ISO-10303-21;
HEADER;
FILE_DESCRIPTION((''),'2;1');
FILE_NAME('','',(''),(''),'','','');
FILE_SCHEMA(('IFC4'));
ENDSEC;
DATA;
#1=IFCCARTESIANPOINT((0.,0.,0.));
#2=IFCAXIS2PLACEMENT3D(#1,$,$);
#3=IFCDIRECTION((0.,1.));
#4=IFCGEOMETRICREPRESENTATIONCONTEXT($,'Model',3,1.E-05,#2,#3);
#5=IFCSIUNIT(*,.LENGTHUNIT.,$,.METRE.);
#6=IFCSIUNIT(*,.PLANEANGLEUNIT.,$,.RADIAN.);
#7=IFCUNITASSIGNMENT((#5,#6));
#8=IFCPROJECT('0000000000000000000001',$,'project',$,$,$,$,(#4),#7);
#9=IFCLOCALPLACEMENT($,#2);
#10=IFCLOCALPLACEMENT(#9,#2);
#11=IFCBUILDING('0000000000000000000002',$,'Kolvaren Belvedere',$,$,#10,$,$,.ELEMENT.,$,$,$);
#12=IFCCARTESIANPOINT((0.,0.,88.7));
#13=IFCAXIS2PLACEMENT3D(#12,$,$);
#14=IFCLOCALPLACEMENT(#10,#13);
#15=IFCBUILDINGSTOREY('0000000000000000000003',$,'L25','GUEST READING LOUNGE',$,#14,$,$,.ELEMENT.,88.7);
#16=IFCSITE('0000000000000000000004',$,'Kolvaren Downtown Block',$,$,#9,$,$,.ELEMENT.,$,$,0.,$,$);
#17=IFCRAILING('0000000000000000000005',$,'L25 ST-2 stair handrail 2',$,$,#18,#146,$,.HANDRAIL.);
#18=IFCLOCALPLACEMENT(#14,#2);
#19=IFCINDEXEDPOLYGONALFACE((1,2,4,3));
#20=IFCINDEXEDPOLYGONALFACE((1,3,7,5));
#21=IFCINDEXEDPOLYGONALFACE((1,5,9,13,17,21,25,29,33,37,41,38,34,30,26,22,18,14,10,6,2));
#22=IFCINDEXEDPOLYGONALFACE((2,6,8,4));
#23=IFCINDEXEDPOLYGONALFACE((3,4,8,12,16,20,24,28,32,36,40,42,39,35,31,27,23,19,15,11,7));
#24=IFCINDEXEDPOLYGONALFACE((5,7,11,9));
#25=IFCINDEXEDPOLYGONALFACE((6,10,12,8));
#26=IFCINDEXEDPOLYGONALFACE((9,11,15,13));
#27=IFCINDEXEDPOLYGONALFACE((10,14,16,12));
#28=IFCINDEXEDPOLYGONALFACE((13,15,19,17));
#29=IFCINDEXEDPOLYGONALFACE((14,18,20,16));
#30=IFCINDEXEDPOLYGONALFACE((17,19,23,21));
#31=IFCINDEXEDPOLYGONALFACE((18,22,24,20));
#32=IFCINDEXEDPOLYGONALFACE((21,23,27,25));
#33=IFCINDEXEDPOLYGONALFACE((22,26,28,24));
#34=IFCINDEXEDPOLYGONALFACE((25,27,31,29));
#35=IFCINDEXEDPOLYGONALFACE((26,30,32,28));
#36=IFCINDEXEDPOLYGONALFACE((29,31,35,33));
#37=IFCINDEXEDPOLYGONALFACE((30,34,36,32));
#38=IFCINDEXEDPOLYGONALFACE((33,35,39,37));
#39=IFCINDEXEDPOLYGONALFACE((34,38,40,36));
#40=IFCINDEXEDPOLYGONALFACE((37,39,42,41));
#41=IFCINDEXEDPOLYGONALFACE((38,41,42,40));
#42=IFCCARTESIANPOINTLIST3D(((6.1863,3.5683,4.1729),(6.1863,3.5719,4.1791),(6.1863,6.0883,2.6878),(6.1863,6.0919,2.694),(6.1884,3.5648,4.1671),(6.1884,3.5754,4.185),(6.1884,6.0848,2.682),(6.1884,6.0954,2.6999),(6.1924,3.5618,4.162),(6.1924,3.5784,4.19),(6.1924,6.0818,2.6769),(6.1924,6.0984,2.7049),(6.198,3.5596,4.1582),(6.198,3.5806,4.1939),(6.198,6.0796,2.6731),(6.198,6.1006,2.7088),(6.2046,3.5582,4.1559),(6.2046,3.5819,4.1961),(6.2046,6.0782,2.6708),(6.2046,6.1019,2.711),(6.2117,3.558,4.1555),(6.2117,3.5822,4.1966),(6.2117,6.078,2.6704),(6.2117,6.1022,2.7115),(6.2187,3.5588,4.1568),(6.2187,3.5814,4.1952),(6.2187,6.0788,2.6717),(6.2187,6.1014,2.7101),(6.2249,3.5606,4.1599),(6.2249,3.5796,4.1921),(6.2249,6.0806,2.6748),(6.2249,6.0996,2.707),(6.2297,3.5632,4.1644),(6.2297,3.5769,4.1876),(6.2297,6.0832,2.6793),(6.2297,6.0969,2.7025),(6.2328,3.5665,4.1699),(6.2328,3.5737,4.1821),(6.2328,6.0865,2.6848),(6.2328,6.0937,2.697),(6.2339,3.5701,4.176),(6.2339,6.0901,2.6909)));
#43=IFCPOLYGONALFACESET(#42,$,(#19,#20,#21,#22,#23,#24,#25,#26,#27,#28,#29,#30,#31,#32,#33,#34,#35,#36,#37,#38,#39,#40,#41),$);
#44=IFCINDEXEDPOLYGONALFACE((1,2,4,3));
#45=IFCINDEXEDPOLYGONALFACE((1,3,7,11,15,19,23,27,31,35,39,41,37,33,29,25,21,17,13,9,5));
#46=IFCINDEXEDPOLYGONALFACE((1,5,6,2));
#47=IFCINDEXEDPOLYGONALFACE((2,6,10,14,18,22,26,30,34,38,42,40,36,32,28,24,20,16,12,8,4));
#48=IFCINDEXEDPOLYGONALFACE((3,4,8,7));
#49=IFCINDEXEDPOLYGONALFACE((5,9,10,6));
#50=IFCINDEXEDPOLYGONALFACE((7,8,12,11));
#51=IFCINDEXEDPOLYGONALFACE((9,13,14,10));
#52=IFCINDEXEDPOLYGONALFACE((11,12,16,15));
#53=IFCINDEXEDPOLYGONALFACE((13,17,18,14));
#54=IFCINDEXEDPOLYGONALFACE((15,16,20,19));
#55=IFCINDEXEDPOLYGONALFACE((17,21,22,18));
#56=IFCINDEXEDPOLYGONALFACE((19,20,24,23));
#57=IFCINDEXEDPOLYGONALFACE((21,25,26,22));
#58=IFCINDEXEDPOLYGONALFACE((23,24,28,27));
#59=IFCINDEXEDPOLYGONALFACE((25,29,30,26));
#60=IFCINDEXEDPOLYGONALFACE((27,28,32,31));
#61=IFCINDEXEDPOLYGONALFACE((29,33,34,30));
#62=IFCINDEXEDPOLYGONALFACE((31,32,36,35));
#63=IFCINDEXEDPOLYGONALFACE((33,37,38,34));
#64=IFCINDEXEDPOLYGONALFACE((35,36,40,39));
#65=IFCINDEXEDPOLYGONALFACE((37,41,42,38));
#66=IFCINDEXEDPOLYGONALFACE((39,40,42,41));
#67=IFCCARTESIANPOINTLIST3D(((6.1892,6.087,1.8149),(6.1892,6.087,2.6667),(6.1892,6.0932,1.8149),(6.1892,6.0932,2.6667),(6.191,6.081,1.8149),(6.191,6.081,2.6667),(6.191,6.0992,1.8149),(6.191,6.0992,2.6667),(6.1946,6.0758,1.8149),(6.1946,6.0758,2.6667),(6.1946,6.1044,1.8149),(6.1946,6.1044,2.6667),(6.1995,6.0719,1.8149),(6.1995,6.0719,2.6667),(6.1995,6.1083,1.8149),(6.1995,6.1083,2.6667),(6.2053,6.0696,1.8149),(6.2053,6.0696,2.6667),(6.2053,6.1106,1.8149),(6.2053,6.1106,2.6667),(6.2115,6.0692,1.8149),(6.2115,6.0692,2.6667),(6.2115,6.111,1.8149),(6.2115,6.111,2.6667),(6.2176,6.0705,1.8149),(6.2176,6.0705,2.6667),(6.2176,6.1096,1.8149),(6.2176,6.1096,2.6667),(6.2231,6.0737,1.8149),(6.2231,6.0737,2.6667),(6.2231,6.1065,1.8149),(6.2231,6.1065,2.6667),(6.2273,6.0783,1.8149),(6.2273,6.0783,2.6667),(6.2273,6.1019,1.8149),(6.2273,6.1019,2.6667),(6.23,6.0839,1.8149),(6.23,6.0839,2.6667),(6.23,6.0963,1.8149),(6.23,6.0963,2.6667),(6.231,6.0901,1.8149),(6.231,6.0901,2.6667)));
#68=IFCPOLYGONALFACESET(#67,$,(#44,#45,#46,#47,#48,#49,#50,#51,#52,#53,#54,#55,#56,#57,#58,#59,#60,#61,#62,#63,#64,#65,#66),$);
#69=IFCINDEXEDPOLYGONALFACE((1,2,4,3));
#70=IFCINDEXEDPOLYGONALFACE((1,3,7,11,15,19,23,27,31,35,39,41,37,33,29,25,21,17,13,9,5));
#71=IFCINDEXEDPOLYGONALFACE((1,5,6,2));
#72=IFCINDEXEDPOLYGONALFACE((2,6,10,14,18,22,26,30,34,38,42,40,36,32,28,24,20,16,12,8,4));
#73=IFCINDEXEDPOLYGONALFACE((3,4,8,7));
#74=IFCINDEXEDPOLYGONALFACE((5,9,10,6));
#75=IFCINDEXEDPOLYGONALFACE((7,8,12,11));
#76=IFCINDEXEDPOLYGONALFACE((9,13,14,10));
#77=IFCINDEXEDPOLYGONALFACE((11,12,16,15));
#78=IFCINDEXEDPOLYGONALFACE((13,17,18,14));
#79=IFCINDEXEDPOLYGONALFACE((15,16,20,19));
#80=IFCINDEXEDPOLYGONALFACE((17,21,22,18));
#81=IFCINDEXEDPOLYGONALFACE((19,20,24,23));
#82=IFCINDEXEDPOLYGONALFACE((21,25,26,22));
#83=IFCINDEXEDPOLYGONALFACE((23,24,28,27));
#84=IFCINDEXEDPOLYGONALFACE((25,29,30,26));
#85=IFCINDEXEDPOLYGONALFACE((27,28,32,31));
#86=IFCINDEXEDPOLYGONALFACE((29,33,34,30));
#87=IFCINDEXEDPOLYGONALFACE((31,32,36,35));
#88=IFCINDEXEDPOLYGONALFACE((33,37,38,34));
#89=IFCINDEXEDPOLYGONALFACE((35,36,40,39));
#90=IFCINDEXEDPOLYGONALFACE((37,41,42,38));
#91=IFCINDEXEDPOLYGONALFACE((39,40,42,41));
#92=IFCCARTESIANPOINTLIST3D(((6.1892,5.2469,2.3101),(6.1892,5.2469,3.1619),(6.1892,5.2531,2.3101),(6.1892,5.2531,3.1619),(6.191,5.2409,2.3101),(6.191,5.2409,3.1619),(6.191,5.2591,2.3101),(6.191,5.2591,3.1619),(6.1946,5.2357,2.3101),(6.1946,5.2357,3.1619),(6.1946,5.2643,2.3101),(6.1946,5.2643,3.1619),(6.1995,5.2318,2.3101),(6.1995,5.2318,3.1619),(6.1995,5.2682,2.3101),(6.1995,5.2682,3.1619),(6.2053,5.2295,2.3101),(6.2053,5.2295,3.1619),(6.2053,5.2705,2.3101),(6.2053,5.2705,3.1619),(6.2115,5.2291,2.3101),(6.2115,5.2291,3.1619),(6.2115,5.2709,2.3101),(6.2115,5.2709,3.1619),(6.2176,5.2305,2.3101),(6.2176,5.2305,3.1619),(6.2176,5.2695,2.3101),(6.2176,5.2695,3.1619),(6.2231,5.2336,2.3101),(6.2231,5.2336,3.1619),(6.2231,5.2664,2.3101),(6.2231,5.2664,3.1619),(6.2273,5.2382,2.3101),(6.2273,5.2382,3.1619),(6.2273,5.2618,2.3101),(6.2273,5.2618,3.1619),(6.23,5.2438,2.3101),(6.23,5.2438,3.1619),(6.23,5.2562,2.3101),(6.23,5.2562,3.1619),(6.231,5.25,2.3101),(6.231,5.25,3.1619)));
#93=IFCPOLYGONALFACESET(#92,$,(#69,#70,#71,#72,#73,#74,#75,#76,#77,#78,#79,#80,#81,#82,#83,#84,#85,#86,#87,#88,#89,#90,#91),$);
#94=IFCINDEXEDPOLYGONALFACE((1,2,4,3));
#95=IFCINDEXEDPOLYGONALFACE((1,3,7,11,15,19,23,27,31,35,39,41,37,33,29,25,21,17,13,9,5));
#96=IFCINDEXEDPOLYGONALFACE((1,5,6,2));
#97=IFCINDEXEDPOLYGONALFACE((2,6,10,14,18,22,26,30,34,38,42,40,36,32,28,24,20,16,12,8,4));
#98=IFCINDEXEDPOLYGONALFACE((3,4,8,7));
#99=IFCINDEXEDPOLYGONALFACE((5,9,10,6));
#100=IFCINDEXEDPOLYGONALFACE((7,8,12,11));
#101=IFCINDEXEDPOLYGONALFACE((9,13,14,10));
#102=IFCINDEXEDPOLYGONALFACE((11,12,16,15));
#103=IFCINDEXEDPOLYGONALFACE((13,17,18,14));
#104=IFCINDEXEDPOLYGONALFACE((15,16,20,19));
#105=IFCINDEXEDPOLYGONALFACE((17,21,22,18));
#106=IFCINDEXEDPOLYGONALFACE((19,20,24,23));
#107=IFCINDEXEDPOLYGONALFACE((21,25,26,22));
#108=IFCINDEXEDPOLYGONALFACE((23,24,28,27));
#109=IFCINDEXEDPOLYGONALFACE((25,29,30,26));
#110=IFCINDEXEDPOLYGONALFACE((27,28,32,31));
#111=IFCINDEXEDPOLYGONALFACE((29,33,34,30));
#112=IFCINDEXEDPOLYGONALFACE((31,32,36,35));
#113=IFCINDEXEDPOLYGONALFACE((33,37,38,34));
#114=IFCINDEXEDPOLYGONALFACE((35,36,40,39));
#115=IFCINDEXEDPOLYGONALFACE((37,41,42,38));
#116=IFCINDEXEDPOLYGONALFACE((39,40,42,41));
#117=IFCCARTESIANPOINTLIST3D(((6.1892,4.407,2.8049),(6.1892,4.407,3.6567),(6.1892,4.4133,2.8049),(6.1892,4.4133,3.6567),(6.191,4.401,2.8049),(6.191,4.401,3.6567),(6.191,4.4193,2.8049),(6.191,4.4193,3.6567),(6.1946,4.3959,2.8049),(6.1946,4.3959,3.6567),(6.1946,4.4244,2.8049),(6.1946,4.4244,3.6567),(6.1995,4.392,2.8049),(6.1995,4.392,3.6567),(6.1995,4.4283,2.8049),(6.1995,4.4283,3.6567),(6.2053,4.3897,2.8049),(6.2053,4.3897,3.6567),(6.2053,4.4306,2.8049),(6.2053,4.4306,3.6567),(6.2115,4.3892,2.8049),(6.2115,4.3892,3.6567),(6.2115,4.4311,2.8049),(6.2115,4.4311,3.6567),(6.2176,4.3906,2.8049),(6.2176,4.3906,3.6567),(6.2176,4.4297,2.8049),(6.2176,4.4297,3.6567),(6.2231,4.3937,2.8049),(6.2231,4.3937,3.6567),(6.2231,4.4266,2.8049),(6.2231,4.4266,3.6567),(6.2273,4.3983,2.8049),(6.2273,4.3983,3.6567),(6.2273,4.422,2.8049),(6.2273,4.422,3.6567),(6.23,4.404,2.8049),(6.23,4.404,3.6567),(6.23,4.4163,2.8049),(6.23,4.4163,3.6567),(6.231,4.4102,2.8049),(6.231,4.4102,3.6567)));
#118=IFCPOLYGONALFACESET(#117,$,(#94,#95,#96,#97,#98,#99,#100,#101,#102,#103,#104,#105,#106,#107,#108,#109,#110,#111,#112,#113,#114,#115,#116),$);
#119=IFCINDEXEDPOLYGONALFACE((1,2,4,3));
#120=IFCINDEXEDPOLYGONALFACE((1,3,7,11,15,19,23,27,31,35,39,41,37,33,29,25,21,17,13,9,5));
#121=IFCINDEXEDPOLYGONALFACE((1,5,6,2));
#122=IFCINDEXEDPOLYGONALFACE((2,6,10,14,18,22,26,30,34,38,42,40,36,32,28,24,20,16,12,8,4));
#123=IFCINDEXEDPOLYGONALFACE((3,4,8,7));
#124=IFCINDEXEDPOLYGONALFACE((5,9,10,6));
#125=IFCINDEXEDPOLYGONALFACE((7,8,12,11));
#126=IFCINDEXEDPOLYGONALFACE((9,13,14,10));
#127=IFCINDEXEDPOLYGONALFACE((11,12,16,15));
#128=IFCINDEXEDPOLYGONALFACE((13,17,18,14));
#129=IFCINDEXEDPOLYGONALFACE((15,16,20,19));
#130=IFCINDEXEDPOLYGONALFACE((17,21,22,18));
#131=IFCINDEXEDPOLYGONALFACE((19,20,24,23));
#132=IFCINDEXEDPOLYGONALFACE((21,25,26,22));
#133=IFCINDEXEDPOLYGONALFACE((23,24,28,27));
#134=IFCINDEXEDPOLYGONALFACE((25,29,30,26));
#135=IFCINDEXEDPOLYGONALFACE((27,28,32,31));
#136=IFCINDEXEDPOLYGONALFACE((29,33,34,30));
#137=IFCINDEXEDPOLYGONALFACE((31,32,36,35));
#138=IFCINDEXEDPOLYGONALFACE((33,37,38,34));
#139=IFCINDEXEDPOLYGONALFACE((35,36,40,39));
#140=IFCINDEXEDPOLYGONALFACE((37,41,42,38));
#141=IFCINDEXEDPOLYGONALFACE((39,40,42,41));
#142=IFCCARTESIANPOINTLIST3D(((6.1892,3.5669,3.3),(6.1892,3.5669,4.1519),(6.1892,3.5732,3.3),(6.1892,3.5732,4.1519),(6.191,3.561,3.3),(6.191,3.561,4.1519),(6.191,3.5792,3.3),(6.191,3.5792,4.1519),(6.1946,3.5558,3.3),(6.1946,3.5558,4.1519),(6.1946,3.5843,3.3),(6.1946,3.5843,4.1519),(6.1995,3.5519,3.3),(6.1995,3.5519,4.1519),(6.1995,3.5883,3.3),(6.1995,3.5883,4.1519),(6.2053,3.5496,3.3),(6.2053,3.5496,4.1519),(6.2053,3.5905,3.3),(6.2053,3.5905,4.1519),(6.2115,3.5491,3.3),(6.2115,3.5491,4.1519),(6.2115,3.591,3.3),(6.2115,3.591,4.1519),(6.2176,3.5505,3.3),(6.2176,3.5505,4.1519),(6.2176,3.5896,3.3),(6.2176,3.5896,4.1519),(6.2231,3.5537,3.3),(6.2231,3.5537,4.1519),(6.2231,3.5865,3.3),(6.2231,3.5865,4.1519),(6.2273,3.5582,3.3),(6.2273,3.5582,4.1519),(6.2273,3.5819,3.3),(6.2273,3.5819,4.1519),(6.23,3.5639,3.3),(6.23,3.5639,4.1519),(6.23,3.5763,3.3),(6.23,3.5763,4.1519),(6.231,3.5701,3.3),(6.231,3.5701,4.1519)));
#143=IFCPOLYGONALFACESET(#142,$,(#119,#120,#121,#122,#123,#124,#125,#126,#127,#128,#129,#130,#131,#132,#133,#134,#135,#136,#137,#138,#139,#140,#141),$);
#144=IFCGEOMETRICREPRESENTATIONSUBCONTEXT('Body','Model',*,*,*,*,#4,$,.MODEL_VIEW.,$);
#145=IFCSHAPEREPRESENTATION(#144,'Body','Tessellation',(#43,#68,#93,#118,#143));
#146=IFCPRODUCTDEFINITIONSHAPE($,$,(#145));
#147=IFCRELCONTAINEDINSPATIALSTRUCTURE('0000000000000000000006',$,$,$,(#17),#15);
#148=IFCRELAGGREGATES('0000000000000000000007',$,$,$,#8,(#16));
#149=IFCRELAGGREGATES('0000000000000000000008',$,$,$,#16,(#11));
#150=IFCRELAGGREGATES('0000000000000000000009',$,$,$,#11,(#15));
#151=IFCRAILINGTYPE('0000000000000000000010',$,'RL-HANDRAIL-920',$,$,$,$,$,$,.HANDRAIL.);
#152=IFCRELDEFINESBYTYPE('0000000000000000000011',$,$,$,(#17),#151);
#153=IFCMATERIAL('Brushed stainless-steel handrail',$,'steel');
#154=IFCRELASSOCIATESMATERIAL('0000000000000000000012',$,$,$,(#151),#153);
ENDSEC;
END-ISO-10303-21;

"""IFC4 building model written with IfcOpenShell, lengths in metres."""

from ifc_helpers import new_model, si_unit, direction, frame, origin, origin_2d, place, context, subcontext, project, spatial, circle, extrude, material, type_object, element, save


model = new_model("IFC4")

# Units and contexts
model_context = context("Model", 3, precision=1e-05, world=origin(), true_north=direction((0.0, 1.0)))
body_context = subcontext(model_context, "Body", "Model", "MODEL_VIEW")
ifc_project = project(units=[si_unit("LENGTHUNIT", "METRE"), si_unit("PLANEANGLEUNIT", "RADIAN")], contexts=[model_context])

# Site, building, storey
site_placement = place(None, origin())
site = spatial("IfcSite", under=ifc_project, at=site_placement, Name="Kolvaren Downtown Block", CompositionType="ELEMENT", RefElevation=0.0)
building_placement = place(site_placement, origin())
building = spatial("IfcBuilding", under=site, at=building_placement, Name="Kolvaren Belvedere", CompositionType="ELEMENT")
storey_placement = place(building_placement, frame((0.0, 0.0, 88.7)))
storey = spatial("IfcBuildingStorey", under=building, at=storey_placement, Name="L25", Description="GUEST READING LOUNGE", CompositionType="ELEMENT", Elevation=88.7)

# Railing
ifc_material_1 = material(Name="Brushed stainless-steel handrail", Category="steel")
railing_type_1 = type_object("IfcRailingType", Name="RL-HANDRAIL-920", PredefinedType="HANDRAIL", material=ifc_material_1)
railing_1_placement = place(storey_placement, frame((6.21, 6.0901, 1.8149)))
element("IfcRailing", 1, at=railing_1_placement, inside=storey, type_object=railing_type_1, Name="L25 ST-2 stair handrail 2", PredefinedType="HANDRAIL", context=body_context, shape_type="SweptSolid", body=[
    extrude(circle(Radius=0.0239, at=origin_2d()), frame((0.0, 0.0, 0.876), z_axis=(0.0, -0.861524, 0.507717), x_axis=(1.0, 0.0, 0.0)), (0.0, 0.0, 1.0), 2.925),
    extrude(circle(Radius=0.021, at=origin_2d()), origin(), (0.0, 0.0, 1.0), 0.8518),
    extrude(circle(Radius=0.021, at=origin_2d()), frame((0.0, -0.8401, 0.4951)), (0.0, 0.0, 1.0), 0.8518),
    extrude(circle(Radius=0.021, at=origin_2d()), frame((0.0, -1.6799, 0.99)), (0.0, 0.0, 1.0), 0.8518),
    extrude(circle(Radius=0.021, at=origin_2d()), frame((0.0, -2.52, 1.4851)), (0.0, 0.0, 1.0), 0.8518),
])

save(model, "model.ifc")
